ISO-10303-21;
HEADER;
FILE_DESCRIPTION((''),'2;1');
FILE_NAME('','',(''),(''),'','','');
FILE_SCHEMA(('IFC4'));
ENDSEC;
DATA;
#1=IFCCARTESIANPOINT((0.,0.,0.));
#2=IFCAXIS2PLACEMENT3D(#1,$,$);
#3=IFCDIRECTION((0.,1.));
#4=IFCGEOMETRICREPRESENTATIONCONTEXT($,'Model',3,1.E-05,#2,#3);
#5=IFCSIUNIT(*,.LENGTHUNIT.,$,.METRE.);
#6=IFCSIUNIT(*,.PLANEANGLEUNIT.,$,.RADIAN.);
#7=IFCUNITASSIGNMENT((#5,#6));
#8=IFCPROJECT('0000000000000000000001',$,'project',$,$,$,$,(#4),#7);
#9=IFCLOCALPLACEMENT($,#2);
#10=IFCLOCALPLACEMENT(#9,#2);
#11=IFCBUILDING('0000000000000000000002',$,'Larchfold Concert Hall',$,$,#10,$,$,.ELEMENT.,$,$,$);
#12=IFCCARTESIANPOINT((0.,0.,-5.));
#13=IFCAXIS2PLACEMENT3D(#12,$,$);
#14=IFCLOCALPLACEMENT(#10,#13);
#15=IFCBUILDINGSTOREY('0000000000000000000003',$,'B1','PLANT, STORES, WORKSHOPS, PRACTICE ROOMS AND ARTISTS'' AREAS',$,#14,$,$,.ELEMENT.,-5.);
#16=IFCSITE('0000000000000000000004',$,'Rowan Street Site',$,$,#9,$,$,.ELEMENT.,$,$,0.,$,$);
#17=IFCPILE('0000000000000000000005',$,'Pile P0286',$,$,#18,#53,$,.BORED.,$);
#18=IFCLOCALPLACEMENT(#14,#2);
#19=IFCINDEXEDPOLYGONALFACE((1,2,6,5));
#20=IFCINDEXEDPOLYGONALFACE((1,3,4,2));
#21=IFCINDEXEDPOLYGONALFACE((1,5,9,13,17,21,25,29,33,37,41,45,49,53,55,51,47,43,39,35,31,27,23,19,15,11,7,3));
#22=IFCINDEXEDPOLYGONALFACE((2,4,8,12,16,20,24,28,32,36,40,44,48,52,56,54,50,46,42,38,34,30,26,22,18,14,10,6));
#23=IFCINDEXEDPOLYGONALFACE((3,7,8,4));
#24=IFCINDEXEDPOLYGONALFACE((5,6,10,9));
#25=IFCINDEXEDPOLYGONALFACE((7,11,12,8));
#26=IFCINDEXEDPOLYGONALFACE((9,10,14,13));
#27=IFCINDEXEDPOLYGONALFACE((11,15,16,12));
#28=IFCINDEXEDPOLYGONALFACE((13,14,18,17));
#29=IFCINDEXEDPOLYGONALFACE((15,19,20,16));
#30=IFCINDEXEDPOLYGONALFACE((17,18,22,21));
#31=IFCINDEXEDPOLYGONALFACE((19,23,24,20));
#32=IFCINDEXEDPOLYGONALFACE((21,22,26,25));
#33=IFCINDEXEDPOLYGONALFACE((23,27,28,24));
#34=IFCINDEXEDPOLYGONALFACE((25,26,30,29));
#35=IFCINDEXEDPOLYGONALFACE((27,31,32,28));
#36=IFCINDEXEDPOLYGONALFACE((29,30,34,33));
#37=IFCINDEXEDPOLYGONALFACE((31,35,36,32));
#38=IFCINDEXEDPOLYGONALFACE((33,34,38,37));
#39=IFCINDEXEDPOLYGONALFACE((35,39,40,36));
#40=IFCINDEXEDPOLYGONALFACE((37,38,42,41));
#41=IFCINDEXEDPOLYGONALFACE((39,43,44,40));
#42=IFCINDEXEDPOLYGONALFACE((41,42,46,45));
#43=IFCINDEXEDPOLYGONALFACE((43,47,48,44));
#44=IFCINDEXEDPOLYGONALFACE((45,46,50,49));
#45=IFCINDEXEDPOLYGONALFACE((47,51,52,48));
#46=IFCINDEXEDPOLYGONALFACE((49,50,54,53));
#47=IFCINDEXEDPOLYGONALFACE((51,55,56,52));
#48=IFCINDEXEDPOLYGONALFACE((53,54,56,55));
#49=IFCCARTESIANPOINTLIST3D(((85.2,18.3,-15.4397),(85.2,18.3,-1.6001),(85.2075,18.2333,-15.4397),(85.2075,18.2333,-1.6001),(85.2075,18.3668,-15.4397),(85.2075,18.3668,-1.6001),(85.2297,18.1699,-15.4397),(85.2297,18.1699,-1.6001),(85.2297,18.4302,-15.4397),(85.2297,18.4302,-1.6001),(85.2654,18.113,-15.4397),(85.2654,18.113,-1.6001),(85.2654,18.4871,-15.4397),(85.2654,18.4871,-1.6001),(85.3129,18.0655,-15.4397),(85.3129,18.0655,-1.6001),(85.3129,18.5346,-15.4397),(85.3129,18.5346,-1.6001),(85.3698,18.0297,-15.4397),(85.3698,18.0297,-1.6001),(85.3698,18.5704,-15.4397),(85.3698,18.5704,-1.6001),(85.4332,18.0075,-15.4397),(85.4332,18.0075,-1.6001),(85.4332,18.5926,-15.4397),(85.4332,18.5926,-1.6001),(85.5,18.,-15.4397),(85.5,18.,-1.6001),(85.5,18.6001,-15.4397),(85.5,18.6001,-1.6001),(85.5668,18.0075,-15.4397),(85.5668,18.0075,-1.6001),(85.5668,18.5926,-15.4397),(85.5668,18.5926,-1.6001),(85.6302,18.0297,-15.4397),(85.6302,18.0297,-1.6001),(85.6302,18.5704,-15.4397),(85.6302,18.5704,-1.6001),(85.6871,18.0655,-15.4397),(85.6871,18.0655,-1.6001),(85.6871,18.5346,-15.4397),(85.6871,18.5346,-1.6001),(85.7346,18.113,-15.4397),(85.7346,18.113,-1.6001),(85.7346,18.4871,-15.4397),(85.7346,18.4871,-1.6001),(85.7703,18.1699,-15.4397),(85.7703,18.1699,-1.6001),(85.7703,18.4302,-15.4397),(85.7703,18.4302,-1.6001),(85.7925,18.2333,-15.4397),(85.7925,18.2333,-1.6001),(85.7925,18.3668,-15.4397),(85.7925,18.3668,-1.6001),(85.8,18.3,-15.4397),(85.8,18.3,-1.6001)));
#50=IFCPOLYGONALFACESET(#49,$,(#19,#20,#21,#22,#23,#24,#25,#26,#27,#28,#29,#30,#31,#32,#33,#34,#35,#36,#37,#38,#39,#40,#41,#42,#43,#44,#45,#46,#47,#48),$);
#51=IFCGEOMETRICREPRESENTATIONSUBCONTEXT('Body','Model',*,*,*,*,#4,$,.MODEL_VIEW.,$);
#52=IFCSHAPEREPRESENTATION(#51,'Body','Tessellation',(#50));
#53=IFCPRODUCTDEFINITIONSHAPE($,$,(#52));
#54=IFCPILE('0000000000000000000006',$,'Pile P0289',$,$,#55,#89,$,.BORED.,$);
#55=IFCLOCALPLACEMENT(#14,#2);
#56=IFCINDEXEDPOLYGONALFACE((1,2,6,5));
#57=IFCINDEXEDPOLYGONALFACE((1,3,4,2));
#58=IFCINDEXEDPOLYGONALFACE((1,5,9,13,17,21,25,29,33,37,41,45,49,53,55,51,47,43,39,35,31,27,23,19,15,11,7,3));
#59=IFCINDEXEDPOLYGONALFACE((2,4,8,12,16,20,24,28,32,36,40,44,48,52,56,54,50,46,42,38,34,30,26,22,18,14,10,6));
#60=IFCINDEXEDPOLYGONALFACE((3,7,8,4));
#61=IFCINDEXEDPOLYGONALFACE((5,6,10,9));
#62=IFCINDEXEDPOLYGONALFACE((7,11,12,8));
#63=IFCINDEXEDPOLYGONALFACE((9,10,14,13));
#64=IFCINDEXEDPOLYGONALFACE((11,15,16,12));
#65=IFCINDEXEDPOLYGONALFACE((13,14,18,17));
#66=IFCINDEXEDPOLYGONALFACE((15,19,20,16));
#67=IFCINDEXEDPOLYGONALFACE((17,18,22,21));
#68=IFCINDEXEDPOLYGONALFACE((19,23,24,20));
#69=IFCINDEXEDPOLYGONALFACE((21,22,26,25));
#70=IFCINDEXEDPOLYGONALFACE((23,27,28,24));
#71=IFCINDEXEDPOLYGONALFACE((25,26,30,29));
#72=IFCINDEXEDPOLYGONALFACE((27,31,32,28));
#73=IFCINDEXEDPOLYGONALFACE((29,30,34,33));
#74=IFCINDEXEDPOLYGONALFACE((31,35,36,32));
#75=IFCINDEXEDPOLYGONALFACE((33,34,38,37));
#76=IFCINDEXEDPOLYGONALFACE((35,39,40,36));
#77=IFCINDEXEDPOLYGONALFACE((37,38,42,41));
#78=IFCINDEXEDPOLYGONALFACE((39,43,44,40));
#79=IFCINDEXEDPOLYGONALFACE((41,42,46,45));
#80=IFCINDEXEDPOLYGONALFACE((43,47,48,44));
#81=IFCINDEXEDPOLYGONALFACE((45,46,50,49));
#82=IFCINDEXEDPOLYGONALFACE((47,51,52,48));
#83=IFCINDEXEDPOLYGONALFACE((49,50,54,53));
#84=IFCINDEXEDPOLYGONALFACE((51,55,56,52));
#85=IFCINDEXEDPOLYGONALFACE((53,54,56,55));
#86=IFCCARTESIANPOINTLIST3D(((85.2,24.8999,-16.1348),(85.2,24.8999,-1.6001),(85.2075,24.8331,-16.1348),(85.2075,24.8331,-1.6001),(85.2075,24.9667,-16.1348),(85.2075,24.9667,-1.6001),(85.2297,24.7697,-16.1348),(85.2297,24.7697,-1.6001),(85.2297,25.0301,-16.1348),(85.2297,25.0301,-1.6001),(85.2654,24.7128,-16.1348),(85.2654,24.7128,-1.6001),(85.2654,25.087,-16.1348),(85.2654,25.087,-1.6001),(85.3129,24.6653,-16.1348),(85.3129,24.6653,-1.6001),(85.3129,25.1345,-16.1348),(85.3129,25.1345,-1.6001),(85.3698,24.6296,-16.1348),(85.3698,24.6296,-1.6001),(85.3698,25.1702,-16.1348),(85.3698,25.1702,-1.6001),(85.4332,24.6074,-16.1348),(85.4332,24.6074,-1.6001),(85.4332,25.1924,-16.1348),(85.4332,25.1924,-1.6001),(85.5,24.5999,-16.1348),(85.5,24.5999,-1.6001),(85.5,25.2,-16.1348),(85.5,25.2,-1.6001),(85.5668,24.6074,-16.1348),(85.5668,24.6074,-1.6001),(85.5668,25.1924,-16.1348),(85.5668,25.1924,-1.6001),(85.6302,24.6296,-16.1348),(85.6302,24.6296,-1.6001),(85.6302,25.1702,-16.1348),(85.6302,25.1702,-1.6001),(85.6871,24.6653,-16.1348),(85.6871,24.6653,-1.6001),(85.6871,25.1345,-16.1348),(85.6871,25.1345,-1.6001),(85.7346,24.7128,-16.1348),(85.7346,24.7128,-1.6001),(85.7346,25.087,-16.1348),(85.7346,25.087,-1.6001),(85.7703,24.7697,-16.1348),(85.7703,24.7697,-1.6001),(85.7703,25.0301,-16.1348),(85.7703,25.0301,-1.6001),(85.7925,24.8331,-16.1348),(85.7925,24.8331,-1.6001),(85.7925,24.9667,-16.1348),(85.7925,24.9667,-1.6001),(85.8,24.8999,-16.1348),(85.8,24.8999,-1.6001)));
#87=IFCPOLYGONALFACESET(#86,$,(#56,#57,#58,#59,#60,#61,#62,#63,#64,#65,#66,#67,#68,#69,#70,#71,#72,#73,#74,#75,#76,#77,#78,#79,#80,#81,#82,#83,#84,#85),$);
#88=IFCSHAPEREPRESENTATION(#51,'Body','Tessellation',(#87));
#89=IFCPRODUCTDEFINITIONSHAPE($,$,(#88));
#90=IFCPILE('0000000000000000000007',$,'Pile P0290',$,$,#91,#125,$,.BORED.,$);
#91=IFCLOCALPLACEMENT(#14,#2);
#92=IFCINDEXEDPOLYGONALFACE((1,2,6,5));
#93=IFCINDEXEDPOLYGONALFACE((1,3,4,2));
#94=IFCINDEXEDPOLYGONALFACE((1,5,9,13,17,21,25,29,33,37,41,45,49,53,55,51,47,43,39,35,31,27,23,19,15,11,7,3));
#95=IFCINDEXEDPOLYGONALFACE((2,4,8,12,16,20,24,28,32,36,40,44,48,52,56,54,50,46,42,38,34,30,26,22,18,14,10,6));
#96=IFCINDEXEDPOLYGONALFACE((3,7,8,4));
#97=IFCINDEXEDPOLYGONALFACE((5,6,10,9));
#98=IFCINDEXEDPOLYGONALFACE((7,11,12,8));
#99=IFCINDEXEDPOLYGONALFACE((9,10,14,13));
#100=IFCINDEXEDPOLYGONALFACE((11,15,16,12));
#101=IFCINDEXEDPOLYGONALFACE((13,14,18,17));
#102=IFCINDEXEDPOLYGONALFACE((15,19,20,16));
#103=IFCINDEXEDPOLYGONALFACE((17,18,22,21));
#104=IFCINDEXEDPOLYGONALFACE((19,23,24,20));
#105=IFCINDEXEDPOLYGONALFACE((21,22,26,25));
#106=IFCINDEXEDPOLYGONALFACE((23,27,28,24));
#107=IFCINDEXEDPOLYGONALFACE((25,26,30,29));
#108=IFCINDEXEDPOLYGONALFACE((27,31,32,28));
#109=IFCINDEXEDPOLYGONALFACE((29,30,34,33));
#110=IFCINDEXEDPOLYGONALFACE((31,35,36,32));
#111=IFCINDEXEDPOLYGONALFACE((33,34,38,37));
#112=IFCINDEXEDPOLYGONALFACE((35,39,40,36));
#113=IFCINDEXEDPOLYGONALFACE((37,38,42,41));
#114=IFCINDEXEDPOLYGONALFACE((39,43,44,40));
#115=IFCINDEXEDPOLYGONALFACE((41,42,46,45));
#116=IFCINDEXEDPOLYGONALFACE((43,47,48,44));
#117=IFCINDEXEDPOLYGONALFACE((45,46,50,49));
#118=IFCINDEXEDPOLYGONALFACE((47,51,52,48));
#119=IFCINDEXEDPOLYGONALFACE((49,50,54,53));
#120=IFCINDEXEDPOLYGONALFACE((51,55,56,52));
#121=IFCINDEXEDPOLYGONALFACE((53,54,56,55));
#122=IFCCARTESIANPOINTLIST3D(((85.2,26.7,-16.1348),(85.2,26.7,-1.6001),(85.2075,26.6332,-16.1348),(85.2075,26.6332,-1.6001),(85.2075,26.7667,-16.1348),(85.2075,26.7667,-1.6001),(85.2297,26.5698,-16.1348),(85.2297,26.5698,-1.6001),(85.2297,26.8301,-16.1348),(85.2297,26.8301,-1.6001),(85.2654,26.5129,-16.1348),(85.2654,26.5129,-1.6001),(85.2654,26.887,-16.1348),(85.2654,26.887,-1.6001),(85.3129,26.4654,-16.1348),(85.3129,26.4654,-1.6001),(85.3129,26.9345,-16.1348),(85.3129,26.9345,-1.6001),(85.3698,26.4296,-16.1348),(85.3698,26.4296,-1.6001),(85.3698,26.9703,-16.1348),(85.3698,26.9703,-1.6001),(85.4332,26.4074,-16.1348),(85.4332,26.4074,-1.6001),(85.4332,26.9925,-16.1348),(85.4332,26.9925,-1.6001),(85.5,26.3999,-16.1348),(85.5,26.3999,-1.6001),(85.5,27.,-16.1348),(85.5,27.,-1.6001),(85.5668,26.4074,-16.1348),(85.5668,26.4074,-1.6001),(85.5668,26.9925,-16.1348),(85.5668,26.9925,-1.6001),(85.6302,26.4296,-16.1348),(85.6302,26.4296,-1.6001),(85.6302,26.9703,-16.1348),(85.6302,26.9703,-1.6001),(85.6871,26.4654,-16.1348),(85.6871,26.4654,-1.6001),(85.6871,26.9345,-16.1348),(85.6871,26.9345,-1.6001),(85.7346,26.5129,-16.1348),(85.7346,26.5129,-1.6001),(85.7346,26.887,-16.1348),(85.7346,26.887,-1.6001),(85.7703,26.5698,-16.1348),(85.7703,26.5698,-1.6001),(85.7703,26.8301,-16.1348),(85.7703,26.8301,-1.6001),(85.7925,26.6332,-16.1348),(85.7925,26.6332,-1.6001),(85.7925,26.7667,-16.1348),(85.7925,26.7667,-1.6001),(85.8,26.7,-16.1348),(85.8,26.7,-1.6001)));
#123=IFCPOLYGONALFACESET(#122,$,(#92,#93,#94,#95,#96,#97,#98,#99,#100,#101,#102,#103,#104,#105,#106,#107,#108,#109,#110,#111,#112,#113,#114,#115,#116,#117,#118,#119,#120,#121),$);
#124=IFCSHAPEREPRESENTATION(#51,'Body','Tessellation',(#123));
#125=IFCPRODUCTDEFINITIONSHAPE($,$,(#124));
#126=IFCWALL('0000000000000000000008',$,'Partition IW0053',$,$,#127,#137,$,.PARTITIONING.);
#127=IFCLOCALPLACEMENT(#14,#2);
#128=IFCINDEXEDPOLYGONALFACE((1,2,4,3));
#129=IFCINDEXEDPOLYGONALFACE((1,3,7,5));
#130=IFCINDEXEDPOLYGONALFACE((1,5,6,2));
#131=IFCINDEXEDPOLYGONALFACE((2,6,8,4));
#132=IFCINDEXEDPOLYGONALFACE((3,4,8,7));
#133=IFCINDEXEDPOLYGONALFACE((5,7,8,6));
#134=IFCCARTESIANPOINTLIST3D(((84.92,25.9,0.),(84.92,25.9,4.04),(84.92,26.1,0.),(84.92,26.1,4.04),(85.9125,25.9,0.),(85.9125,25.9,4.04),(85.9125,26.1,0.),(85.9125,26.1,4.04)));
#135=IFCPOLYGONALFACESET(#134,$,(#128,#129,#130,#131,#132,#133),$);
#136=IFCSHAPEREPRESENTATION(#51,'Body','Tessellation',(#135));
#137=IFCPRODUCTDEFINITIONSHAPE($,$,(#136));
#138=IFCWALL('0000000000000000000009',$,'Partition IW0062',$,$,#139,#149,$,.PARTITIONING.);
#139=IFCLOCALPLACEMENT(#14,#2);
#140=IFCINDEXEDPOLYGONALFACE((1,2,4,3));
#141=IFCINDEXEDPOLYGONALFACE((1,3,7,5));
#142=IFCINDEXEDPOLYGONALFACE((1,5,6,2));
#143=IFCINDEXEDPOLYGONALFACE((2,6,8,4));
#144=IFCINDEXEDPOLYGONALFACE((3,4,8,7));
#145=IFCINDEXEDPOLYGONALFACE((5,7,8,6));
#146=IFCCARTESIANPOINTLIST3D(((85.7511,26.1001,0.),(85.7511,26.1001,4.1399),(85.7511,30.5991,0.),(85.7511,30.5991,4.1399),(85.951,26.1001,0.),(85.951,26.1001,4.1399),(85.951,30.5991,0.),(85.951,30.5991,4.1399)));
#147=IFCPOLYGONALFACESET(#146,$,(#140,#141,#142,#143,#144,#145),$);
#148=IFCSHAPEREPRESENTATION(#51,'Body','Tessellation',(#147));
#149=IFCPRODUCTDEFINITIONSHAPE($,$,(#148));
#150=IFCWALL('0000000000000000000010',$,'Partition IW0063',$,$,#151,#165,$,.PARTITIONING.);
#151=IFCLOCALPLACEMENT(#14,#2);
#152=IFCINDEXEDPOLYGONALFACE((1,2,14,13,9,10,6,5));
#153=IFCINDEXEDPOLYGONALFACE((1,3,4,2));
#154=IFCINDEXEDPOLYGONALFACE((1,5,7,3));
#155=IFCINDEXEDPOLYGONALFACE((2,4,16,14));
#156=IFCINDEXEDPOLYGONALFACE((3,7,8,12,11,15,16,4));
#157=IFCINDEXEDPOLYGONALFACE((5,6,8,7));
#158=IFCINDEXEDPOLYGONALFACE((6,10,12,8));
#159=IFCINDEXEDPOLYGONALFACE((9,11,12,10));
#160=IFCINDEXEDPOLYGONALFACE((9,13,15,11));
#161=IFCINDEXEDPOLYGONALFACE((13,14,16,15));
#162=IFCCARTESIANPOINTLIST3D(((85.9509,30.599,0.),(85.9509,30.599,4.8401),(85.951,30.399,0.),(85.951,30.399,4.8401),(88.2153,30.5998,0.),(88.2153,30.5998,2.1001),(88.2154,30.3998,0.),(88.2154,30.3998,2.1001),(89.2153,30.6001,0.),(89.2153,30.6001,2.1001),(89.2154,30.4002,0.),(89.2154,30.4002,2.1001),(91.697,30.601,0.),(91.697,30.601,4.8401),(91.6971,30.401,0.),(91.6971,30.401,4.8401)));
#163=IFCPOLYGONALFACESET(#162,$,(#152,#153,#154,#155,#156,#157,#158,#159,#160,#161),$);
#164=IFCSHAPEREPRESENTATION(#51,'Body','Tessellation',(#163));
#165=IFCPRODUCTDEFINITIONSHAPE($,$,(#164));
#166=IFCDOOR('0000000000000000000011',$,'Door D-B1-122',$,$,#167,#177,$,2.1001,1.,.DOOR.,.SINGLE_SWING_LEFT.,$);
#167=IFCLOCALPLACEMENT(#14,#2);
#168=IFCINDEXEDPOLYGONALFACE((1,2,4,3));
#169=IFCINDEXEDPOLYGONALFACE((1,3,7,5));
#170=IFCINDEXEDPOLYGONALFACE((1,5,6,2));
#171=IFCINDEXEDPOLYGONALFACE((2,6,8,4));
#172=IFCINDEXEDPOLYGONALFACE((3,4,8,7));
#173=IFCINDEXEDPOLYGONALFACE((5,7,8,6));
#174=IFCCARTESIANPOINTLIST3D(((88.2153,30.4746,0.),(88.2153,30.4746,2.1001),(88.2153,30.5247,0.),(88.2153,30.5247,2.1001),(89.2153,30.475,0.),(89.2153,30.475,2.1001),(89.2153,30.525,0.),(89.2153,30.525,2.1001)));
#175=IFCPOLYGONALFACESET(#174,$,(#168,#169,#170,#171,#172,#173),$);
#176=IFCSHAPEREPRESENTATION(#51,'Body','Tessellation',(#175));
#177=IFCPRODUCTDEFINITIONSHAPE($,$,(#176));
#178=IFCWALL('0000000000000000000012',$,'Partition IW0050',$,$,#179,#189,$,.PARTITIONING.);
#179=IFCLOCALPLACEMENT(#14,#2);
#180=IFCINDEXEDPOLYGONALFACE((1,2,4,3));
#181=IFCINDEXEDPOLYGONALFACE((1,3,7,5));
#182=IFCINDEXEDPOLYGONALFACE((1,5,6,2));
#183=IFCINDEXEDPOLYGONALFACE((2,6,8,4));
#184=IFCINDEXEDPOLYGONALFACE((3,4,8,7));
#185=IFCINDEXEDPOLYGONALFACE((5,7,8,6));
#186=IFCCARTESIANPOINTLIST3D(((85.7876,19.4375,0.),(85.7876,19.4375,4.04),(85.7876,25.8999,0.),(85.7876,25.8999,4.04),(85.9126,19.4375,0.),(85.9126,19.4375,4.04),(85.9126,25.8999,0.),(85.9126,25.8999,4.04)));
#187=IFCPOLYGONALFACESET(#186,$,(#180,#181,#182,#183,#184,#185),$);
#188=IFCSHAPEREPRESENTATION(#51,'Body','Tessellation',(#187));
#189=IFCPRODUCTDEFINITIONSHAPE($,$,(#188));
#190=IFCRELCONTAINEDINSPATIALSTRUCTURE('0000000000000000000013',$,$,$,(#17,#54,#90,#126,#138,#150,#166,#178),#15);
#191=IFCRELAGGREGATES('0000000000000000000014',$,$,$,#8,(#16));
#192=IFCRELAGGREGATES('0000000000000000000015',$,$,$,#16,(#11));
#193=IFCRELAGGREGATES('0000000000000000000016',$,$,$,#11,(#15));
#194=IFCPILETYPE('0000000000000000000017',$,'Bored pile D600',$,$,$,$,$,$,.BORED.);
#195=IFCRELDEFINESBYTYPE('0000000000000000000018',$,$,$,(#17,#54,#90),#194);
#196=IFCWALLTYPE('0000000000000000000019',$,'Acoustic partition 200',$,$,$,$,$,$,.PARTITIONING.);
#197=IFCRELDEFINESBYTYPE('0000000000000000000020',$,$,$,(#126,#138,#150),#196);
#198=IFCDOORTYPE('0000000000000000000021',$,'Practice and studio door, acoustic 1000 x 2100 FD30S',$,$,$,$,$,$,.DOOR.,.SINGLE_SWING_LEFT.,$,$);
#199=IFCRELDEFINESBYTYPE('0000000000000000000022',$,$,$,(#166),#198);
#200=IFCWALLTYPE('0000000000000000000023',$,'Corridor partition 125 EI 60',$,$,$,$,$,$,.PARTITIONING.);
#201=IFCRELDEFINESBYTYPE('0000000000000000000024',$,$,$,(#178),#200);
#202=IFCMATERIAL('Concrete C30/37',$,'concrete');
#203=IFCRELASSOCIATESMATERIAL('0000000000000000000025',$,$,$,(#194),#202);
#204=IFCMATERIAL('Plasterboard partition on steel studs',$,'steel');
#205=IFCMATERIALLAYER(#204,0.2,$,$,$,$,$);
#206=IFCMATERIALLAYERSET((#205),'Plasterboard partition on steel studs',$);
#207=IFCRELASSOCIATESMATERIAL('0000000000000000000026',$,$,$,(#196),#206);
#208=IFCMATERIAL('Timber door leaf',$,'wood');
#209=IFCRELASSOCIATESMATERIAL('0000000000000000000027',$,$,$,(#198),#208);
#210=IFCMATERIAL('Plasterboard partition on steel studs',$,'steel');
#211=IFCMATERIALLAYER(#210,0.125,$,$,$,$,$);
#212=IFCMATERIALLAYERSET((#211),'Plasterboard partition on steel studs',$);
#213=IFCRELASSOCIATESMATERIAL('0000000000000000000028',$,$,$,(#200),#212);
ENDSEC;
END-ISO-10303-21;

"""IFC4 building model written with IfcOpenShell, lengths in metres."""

from ifc_helpers import new_model, si_unit, direction, frame, frame_2d, origin, origin_2d, place, context, subcontext, project, spatial, rectangle, circle, extrude, material, layer, layer_set, material_profile, profile_set, type_object, element, fill, save


model = new_model("IFC4")

# Units and contexts
model_context = context("Model", 3, precision=1e-05, world=origin(), true_north=direction((0.0, 1.0)))
body_context = subcontext(model_context, "Body", "Model", "MODEL_VIEW")
ifc_project = project(units=[si_unit("LENGTHUNIT", "METRE"), si_unit("PLANEANGLEUNIT", "RADIAN")], contexts=[model_context])

# Site, building, storey
site_placement = place(None, origin())
site = spatial("IfcSite", under=ifc_project, at=site_placement, Name="Rowan Street Site", CompositionType="ELEMENT", RefElevation=0.0)
building_placement = place(site_placement, origin())
building = spatial("IfcBuilding", under=site, at=building_placement, Name="Larchfold Concert Hall", CompositionType="ELEMENT")
storey_placement = place(building_placement, frame((0.0, 0.0, -5.0)))
storey = spatial("IfcBuildingStorey", under=building, at=storey_placement, Name="B1", Description="PLANT, STORES, WORKSHOPS, PRACTICE ROOMS AND ARTISTS' AREAS", CompositionType="ELEMENT", Elevation=-5.0)

# Piles
ifc_material_1 = material(Name="Concrete C30/37", Category="concrete")
ifc_material_profile = material_profile(ifc_material_1, circle(Radius=0.3, at=origin_2d()))
ifc_profile_set = profile_set([ifc_material_profile], Name="Concrete C30/37")
pile_type = type_object("IfcPileType", Name="Bored pile D600", PredefinedType="BORED", material=ifc_profile_set)
pile_placement = place(storey_placement, frame((85.5, 18.3, -1.6001), z_axis=(0.0, 0.0, -1.0), x_axis=(1.0, 0.0, 0.0)))
element("IfcPile", 1, at=pile_placement, inside=storey, type_object=pile_type, Name="Pile P0286", PredefinedType="BORED", context=body_context, shape_type="SweptSolid", body=[
    extrude(circle(Radius=0.3, at=origin_2d()), origin(), (0.0, 0.0, 1.0), 13.8396),
])
for number, where, z_axis, x_axis, name in (
    (2, (85.5, 24.8999, -1.6001), (0.0, 0.0, -1.0), (1.0, 0.0, 0.0), "Pile P0289"),
    (3, (85.5, 26.7, -1.6001), (0.0, 0.0, -1.0), (1.0, 0.0, 0.0), "Pile P0290"),
):
    element("IfcPile", number, at=place(storey_placement, frame(where, z_axis=z_axis, x_axis=x_axis)), inside=storey, type_object=pile_type, Name=name, PredefinedType="BORED", context=body_context, shape_type="SweptSolid", body=[
        extrude(circle(Radius=0.3, at=origin_2d()), origin(), (0.0, 0.0, 1.0), 14.5347),
    ])

# Walls
ifc_material_2 = material(Name="Plasterboard partition on steel studs", Category="steel")
ifc_layer_1 = layer(ifc_material_2, 0.2)
ifc_layer_set_1 = layer_set([ifc_layer_1], Name="Plasterboard partition on steel studs")
wall_type_1 = type_object("IfcWallType", Name="Acoustic partition 200", PredefinedType="PARTITIONING", material=ifc_layer_set_1)
wall_1_placement = place(storey_placement, frame((84.9202, 26.0, 0.0), z_axis=(0.0, 0.0, 1.0), x_axis=(1.0, 0.0, 0.0)))
element("IfcWall", 4, at=wall_1_placement, inside=storey, type_object=wall_type_1, Name="Partition IW0053", PredefinedType="PARTITIONING", context=body_context, shape_type="SweptSolid", body=[
    extrude(rectangle(XDim=0.9924, YDim=0.2, at=frame_2d((0.4961, 0.0))), origin(), (0.0, 0.0, 1.0), 4.04),
])
wall_2_placement = place(storey_placement, frame((85.8511, 26.1001, 0.0), z_axis=(0.0, 0.0, 1.0), x_axis=(0.0, 1.0, 0.0)))
element("IfcWall", 5, at=wall_2_placement, inside=storey, type_object=wall_type_1, Name="Partition IW0062", PredefinedType="PARTITIONING", context=body_context, shape_type="SweptSolid", body=[
    extrude(rectangle(XDim=4.499, YDim=0.2, at=frame_2d((2.2495, 0.0))), origin(), (0.0, 0.0, 1.0), 4.1399),
])

# Wall, opening, door
wall_3_placement = place(storey_placement, frame((85.9509, 30.499, 0.0), z_axis=(0.0, 0.0, 1.0), x_axis=(1.0, 0.00034, 0.0)))
wall_3 = element("IfcWall", 6, at=wall_3_placement, inside=storey, type_object=wall_type_1, Name="Partition IW0063", PredefinedType="PARTITIONING", context=body_context, shape_type="SweptSolid", body=[
    extrude(rectangle(XDim=5.7461, YDim=0.2, at=frame_2d((2.873, 0.0))), origin(), (0.0, 0.0, 1.0), 4.8401),
])
opening_1_placement = place(wall_3_placement, frame((2.2644, 0.0, 0.0)))
opening_1 = element("IfcOpeningElement", 7, at=opening_1_placement, cuts=wall_3, PredefinedType="OPENING", context=body_context, shape_type="SweptSolid", body=[
    extrude(rectangle(XDim=1.0, YDim=2.1001, at=frame_2d((0.5, 1.05))), frame((0.0, 0.1099, 0.0), z_axis=(0.0, -1.0, 0.0), x_axis=(1.0, 0.0, 0.0)), (0.0, 0.0, 1.0), 0.22),
])
ifc_material_3 = material(Name="Timber door leaf", Category="wood")
door_type_1 = type_object("IfcDoorType", Name="Practice and studio door, acoustic 1000 x 2100 FD30S", OperationType="SINGLE_SWING_LEFT", PredefinedType="DOOR", material=ifc_material_3)
door_1_placement = place(opening_1_placement, origin())
door_1 = element("IfcDoor", 8, at=door_1_placement, inside=storey, type_object=door_type_1, Name="Door D-B1-122", OperationType="SINGLE_SWING_LEFT", OverallHeight=2.1001, OverallWidth=1.0, PredefinedType="DOOR", context=body_context, shape_type="SweptSolid", body=[
    extrude(rectangle(XDim=1.0, YDim=2.1001, at=frame_2d((0.5, 1.05))), frame((0.0, 0.0249, 0.0), z_axis=(0.0, -1.0, 0.0), x_axis=(1.0, 0.0, 0.0)), (0.0, 0.0, 1.0), 0.05),
])
fill(opening_1, door_1)

# Wall
ifc_material_4 = material(Name="Plasterboard partition on steel studs", Category="steel")
ifc_layer_2 = layer(ifc_material_4, 0.125)
ifc_layer_set_2 = layer_set([ifc_layer_2], Name="Plasterboard partition on steel studs")
wall_type_2 = type_object("IfcWallType", Name="Corridor partition 125 EI 60", PredefinedType="PARTITIONING", material=ifc_layer_set_2)
wall_4_placement = place(storey_placement, frame((85.8501, 25.8999, 0.0), z_axis=(0.0, 0.0, 1.0), x_axis=(0.0, -1.0, 0.0)))
element("IfcWall", 9, at=wall_4_placement, inside=storey, type_object=wall_type_2, Name="Partition IW0050", PredefinedType="PARTITIONING", context=body_context, shape_type="SweptSolid", body=[
    extrude(rectangle(XDim=6.4624, YDim=0.125, at=frame_2d((3.2312, 0.0))), origin(), (0.0, 0.0, 1.0), 4.04),
])

save(model, "model.ifc")
